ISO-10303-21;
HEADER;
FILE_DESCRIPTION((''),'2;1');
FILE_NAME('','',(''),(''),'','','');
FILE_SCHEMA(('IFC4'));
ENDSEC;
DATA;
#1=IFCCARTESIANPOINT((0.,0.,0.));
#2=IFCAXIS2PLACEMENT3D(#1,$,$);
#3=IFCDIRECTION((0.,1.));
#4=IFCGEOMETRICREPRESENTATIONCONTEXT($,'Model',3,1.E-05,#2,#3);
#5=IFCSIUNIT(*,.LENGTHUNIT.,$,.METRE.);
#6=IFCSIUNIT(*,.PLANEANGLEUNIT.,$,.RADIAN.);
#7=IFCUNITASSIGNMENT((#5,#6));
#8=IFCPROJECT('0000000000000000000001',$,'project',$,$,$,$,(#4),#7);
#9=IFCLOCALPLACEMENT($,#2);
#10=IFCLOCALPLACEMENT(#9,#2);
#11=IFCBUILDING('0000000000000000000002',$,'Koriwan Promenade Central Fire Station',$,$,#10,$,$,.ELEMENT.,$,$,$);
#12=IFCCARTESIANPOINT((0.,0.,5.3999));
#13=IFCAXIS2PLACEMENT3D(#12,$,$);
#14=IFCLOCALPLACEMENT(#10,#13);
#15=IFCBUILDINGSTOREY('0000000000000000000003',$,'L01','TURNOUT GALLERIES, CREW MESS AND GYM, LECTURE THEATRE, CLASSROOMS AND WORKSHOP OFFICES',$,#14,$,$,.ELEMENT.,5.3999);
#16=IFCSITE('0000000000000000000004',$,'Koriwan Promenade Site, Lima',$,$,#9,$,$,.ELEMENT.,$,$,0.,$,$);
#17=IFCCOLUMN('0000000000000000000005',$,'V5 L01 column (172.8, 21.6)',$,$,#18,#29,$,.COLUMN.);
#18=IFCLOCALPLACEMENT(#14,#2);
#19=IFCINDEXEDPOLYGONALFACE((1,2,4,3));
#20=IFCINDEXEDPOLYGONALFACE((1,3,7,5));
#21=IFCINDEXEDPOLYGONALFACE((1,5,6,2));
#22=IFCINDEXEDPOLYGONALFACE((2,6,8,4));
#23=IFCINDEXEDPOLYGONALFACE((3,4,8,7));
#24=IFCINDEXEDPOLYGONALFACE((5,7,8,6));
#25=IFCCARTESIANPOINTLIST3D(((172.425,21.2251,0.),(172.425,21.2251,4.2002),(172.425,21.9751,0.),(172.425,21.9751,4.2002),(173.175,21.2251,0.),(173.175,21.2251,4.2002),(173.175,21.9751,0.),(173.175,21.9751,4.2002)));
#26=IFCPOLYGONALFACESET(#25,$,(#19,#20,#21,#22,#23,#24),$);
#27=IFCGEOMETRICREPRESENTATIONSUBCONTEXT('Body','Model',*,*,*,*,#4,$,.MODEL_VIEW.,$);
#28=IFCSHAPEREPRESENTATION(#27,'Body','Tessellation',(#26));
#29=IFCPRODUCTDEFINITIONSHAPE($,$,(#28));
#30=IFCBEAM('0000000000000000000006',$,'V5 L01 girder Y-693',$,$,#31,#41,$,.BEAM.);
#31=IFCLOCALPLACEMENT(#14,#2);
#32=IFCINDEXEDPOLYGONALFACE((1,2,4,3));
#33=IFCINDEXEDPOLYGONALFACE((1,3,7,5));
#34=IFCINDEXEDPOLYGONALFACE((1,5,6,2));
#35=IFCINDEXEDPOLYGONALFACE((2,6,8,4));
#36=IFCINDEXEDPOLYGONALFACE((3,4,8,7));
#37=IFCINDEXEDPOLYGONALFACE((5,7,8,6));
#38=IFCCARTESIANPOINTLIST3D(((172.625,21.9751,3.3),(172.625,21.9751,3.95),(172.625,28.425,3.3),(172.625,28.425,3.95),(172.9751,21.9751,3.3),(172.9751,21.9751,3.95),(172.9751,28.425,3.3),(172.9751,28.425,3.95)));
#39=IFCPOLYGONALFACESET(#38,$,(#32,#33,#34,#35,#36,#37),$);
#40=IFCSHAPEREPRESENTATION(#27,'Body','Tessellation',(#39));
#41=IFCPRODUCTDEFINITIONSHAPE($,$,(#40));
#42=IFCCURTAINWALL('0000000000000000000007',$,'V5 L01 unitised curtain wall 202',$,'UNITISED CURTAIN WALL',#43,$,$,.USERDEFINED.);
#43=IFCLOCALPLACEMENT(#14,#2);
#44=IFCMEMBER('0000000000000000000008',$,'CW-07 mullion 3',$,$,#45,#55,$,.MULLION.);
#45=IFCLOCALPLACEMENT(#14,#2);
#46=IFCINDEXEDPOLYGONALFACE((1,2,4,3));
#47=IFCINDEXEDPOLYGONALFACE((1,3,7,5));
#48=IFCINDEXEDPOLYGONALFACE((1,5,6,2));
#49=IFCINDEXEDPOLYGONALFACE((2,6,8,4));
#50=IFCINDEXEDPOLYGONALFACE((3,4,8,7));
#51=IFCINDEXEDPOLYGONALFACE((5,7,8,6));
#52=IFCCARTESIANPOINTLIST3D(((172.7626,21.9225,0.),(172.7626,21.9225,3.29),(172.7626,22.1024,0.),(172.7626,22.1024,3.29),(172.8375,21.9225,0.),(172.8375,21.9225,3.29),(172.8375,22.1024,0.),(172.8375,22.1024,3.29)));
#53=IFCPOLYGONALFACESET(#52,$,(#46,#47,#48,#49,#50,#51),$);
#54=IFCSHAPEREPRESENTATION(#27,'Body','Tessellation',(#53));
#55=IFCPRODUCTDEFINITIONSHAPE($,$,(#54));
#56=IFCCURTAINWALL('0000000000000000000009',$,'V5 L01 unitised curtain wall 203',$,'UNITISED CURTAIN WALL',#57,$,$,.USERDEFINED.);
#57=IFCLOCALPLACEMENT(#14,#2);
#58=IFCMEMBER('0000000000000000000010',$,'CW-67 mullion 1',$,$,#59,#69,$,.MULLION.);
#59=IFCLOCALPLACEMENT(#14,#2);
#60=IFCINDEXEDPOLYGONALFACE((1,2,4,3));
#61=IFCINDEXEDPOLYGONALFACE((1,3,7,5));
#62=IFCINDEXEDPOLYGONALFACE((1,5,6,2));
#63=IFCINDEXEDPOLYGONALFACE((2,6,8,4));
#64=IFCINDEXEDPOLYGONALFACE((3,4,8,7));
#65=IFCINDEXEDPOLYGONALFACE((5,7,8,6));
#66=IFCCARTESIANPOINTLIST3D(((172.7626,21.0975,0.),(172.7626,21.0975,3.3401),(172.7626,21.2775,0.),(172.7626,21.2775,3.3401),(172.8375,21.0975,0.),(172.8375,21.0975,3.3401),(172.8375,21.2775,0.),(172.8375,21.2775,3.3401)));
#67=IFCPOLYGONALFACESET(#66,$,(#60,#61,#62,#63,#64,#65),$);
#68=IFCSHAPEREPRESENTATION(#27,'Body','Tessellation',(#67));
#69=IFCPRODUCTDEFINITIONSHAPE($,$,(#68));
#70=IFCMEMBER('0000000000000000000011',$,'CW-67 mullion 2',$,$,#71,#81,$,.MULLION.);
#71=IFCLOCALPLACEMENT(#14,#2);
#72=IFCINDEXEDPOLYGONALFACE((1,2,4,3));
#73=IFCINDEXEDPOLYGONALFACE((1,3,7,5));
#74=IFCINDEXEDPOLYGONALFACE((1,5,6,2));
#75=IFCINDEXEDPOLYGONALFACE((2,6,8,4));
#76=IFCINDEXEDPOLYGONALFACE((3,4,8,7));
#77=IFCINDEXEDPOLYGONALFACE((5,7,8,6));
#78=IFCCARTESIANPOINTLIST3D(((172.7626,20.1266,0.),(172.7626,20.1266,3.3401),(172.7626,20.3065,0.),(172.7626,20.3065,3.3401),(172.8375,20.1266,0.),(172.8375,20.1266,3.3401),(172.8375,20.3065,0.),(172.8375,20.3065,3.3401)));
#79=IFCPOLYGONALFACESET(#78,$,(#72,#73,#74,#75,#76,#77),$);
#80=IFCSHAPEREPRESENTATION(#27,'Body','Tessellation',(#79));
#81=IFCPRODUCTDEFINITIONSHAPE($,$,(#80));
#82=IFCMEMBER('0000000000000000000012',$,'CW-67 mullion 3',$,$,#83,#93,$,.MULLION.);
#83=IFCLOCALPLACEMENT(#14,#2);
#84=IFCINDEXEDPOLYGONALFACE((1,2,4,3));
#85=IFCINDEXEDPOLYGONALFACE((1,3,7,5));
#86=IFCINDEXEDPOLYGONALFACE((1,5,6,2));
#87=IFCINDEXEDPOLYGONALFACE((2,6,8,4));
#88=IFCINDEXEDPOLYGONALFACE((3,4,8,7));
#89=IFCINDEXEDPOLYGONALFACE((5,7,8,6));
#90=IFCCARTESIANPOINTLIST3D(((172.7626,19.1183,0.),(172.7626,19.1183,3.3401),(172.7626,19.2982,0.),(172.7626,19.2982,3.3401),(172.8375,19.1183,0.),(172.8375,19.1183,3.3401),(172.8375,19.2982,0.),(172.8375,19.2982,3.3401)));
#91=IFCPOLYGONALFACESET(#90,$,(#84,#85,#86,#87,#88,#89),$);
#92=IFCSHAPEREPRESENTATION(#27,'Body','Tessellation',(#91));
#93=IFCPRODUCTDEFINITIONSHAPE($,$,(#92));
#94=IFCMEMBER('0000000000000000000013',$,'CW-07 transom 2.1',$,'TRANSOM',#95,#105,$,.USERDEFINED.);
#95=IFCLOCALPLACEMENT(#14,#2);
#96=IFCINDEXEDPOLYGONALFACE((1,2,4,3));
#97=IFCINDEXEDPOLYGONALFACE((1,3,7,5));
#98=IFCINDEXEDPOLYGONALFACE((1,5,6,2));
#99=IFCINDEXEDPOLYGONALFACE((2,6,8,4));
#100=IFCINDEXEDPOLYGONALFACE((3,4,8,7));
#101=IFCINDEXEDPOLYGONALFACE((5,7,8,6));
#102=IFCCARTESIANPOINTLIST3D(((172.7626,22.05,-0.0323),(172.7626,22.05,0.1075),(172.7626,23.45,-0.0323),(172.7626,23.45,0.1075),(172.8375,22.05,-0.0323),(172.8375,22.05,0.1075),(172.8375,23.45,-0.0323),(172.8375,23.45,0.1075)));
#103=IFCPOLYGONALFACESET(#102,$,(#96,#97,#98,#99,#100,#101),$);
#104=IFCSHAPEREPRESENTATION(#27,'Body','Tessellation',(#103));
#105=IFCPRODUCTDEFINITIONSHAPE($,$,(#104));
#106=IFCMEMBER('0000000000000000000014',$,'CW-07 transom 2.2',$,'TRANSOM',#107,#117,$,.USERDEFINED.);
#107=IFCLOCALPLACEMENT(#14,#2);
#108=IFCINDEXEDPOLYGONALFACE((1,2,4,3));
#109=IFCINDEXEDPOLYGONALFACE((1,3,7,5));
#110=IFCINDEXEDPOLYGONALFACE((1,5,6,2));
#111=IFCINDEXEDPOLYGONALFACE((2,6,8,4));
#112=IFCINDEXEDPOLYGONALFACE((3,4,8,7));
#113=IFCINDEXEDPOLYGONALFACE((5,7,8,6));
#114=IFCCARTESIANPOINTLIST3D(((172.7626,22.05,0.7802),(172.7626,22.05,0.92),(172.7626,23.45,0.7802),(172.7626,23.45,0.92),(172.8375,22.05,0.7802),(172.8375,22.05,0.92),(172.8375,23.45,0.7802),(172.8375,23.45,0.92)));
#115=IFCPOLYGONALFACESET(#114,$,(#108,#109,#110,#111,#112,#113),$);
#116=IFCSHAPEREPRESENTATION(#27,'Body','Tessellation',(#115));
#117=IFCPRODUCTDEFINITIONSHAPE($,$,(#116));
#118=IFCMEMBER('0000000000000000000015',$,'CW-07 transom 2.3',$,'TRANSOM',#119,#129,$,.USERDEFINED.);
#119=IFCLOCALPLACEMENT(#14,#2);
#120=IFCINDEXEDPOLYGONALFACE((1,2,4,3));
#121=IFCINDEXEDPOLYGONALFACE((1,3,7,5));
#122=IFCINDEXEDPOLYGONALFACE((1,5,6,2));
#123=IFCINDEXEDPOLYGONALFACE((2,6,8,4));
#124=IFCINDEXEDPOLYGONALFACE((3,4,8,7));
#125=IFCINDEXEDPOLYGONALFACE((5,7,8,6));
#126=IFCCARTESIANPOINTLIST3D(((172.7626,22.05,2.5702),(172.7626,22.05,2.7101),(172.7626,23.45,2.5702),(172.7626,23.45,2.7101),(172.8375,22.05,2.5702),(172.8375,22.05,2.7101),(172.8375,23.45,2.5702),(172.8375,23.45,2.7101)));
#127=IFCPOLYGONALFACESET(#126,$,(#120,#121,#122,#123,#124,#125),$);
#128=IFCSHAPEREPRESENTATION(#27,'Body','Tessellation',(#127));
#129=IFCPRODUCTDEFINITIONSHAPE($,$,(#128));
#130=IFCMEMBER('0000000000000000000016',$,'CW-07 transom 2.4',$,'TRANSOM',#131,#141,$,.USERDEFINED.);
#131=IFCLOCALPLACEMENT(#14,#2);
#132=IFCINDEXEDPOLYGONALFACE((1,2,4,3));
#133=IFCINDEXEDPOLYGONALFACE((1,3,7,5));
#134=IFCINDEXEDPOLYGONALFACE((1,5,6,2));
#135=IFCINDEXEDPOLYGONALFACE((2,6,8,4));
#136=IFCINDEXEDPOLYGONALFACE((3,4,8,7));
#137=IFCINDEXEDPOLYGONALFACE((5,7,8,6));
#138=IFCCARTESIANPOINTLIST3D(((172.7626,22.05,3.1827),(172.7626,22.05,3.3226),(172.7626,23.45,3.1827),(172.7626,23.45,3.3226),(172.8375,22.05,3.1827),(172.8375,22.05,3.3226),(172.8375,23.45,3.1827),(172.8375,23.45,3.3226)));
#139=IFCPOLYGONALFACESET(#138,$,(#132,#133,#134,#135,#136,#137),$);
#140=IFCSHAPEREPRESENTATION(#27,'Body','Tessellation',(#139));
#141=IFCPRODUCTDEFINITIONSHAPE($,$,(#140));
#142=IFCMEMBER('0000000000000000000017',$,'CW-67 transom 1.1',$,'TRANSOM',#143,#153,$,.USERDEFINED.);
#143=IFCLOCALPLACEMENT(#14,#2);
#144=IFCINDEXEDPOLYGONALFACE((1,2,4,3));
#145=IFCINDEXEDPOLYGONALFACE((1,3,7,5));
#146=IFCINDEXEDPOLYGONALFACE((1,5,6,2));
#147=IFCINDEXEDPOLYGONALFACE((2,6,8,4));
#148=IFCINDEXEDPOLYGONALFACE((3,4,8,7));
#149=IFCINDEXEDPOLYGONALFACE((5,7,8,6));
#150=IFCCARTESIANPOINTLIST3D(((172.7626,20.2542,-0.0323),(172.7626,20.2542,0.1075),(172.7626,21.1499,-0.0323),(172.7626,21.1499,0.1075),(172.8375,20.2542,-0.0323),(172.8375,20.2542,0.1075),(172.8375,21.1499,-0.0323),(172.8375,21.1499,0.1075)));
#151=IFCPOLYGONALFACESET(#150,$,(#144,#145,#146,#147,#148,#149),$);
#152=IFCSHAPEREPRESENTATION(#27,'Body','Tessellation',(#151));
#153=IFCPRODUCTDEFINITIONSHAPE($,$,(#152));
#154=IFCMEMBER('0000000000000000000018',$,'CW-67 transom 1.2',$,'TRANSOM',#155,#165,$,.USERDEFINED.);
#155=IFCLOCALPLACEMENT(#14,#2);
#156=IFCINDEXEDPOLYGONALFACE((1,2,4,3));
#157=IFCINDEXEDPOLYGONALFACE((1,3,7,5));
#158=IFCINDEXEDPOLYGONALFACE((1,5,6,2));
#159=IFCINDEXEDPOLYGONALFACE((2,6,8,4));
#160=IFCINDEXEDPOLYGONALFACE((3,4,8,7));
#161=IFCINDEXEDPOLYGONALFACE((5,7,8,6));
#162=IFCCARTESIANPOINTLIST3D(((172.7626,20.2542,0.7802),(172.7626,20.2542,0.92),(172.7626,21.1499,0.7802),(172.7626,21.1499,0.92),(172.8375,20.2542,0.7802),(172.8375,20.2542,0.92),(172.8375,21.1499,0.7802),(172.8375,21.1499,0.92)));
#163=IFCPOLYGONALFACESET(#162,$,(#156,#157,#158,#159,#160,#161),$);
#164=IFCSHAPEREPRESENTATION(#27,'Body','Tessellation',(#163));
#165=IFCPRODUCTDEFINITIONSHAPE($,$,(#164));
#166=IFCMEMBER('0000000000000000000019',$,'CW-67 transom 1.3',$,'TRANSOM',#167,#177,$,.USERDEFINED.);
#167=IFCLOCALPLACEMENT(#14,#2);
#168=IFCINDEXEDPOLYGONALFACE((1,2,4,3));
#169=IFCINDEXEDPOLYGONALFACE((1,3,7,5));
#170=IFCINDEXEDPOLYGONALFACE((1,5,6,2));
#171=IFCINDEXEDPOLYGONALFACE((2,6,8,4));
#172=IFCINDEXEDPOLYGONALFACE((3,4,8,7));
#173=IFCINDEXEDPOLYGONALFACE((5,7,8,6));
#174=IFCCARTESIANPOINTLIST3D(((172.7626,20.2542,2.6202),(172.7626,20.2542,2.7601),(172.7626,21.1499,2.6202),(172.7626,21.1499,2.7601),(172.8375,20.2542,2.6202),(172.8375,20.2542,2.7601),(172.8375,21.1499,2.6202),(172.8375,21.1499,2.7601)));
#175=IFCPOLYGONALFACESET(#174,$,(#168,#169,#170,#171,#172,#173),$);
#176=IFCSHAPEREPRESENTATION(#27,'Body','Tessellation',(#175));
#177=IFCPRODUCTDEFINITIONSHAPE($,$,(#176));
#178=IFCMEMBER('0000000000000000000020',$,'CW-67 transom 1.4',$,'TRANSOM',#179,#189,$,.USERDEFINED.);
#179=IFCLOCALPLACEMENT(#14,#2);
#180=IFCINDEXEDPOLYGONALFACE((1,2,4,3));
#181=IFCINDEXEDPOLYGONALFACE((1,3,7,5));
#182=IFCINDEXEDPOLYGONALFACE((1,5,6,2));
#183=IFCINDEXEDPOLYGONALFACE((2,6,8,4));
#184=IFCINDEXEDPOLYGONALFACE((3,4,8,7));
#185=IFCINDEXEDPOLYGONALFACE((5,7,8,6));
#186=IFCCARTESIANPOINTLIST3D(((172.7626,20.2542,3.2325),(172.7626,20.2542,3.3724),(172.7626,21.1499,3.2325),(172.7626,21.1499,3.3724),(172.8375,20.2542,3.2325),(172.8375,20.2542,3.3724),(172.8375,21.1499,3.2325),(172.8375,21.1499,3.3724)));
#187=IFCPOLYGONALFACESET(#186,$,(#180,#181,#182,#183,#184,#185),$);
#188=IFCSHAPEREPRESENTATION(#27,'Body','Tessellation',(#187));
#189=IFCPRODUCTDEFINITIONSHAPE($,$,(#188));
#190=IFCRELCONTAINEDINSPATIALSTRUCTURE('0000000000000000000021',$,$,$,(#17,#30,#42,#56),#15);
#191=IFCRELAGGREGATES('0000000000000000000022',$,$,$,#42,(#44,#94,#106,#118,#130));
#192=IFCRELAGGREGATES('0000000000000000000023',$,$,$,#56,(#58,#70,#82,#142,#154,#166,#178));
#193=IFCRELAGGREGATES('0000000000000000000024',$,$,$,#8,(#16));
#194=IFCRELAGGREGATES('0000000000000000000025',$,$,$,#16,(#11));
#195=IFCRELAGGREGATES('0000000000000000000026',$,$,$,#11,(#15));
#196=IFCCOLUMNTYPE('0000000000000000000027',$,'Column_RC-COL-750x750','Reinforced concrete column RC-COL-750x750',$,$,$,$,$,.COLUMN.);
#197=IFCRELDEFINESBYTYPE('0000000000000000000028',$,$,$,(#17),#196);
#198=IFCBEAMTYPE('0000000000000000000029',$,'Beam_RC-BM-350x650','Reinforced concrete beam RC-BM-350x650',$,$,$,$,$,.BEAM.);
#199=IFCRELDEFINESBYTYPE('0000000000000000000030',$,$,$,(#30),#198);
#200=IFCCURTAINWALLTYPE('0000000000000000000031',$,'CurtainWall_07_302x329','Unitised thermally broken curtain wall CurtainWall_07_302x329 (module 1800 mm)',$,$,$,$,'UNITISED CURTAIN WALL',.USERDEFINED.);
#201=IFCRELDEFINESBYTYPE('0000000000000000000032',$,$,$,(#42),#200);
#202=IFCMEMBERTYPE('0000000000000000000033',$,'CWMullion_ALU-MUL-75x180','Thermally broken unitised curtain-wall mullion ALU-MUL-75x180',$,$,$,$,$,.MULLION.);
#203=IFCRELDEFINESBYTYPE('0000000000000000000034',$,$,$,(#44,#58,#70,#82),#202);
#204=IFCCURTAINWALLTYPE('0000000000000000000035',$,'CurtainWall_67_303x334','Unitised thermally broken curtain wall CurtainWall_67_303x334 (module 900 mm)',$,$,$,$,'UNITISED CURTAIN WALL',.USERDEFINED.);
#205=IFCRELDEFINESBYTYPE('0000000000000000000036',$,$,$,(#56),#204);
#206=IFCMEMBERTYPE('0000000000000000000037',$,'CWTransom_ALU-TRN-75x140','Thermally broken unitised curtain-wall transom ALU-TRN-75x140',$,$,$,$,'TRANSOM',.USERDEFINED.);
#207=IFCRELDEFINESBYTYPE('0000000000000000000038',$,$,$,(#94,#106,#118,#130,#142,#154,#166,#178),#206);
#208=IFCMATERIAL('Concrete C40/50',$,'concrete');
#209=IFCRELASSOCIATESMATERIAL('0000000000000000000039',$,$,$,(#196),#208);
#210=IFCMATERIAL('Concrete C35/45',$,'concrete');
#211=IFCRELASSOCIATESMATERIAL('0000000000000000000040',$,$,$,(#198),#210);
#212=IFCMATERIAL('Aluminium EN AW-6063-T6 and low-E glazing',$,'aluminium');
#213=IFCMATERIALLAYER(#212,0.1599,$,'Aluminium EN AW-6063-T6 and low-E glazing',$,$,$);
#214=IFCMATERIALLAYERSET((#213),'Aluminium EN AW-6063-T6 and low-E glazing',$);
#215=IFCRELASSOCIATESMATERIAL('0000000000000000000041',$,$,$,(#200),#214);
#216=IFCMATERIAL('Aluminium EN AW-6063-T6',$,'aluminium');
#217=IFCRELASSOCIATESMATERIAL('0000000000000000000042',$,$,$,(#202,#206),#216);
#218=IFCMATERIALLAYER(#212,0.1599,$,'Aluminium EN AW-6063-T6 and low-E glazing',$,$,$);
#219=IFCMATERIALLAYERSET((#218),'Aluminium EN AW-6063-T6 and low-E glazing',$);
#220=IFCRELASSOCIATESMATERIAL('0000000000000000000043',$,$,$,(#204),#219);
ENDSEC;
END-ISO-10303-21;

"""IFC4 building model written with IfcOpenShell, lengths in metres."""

from ifc_helpers import new_model, si_unit, direction, frame, origin, origin_2d, place, context, subcontext, project, spatial, rectangle, extrude, material, layer, layer_set, material_profile, profile_set, type_object, element, aggregate, save


model = new_model("IFC4")

# Units and contexts
model_context = context("Model", 3, precision=1e-05, world=origin(), true_north=direction((0.0, 1.0)))
body_context = subcontext(model_context, "Body", "Model", "MODEL_VIEW")
ifc_project = project(units=[si_unit("LENGTHUNIT", "METRE"), si_unit("PLANEANGLEUNIT", "RADIAN")], contexts=[model_context])

# Site, building, storey
site_placement = place(None, origin())
site = spatial("IfcSite", under=ifc_project, at=site_placement, Name="Koriwan Promenade Site, Lima", CompositionType="ELEMENT", RefElevation=0.0)
building_placement = place(site_placement, origin())
building = spatial("IfcBuilding", under=site, at=building_placement, Name="Koriwan Promenade Central Fire Station", CompositionType="ELEMENT")
storey_placement = place(building_placement, frame((0.0, 0.0, 5.3999)))
storey = spatial("IfcBuildingStorey", under=building, at=storey_placement, Name="L01", Description="TURNOUT GALLERIES, CREW MESS AND GYM, LECTURE THEATRE, CLASSROOMS AND WORKSHOP OFFICES", CompositionType="ELEMENT", Elevation=5.3999)

# Column
ifc_material_1 = material(Name="Concrete C40/50", Category="concrete")
ifc_material_profile_1 = material_profile(ifc_material_1, rectangle(XDim=0.75, YDim=0.75, at=origin_2d()), Name="RC-COL-750x750")
ifc_profile_set_1 = profile_set([ifc_material_profile_1], Name="Concrete C40/50")
column_type = type_object("IfcColumnType", Name="Column_RC-COL-750x750", Description="Reinforced concrete column RC-COL-750x750", PredefinedType="COLUMN", material=ifc_profile_set_1)
column_placement = place(storey_placement, frame((172.8, 21.6001, 0.0), z_axis=(0.0, 0.0, 1.0), x_axis=(1.0, 0.0, 0.0)))
element("IfcColumn", 1, at=column_placement, inside=storey, type_object=column_type, Name="V5 L01 column (172.8, 21.6)", PredefinedType="COLUMN", context=body_context, shape_type="SweptSolid", body=[
    extrude(rectangle(XDim=0.75, YDim=0.75, at=origin_2d()), origin(), (0.0, 0.0, 1.0), 4.2002),
])

# Beam
ifc_material_2 = material(Name="Concrete C35/45", Category="concrete")
ifc_material_profile_2 = material_profile(ifc_material_2, rectangle(XDim=0.3501, YDim=0.6499, at=origin_2d()), Name="RC-BM-350x650")
ifc_profile_set_2 = profile_set([ifc_material_profile_2], Name="Concrete C35/45")
beam_type = type_object("IfcBeamType", Name="Beam_RC-BM-350x650", Description="Reinforced concrete beam RC-BM-350x650", PredefinedType="BEAM", material=ifc_profile_set_2)
beam_placement = place(storey_placement, frame((172.8, 21.9751, 3.625), z_axis=(0.0, 1.0, 0.0), x_axis=(-1.0, 0.0, 0.0)))
element("IfcBeam", 2, at=beam_placement, inside=storey, type_object=beam_type, Name="V5 L01 girder Y-693", PredefinedType="BEAM", context=body_context, shape_type="SweptSolid", body=[
    extrude(rectangle(XDim=0.3501, YDim=0.6499, at=origin_2d()), origin(), (0.0, 0.0, 1.0), 6.45),
])

# Curtain wall, member
ifc_material_3 = material(Name="Aluminium EN AW-6063-T6 and low-E glazing", Category="aluminium")
ifc_layer_1 = layer(ifc_material_3, 0.1599, Name="Aluminium EN AW-6063-T6 and low-E glazing")
ifc_layer_set_1 = layer_set([ifc_layer_1], Name="Aluminium EN AW-6063-T6 and low-E glazing")
curtain_wall_type_1 = type_object("IfcCurtainWallType", Name="CurtainWall_07_302x329", Description="Unitised thermally broken curtain wall CurtainWall_07_302x329 (module 1800 mm)", ElementType="UNITISED CURTAIN WALL", PredefinedType="USERDEFINED", material=ifc_layer_set_1)
curtain_wall_1_placement = place(storey_placement, origin())
curtain_wall_1 = element("IfcCurtainWall", 3, at=curtain_wall_1_placement, inside=storey, type_object=curtain_wall_type_1, Name="V5 L01 unitised curtain wall 202", ObjectType="UNITISED CURTAIN WALL", PredefinedType="USERDEFINED")
ifc_material_4 = material(Name="Aluminium EN AW-6063-T6", Category="aluminium")
ifc_material_profile_3 = material_profile(ifc_material_4, rectangle(XDim=0.075, YDim=0.1799, at=origin_2d()), Name="ALU-MUL-75x180")
ifc_profile_set_3 = profile_set([ifc_material_profile_3], Name="Aluminium EN AW-6063-T6")
member_type_1 = type_object("IfcMemberType", Name="CWMullion_ALU-MUL-75x180", Description="Thermally broken unitised curtain-wall mullion ALU-MUL-75x180", PredefinedType="MULLION", material=ifc_profile_set_3)
member_1_placement = place(storey_placement, frame((172.8, 22.0125, 0.0), z_axis=(0.0, 0.0, 1.0), x_axis=(1.0, 0.0, 0.0)))
member_1 = element("IfcMember", 4, at=member_1_placement, type_object=member_type_1, Name="CW-07 mullion 3", PredefinedType="MULLION", context=body_context, shape_type="SweptSolid", body=[
    extrude(rectangle(XDim=0.075, YDim=0.1799, at=origin_2d()), origin(), (0.0, 0.0, 1.0), 3.29),
])

# Curtain wall, members
ifc_layer_2 = layer(ifc_material_3, 0.1599, Name="Aluminium EN AW-6063-T6 and low-E glazing")
ifc_layer_set_2 = layer_set([ifc_layer_2], Name="Aluminium EN AW-6063-T6 and low-E glazing")
curtain_wall_type_2 = type_object("IfcCurtainWallType", Name="CurtainWall_67_303x334", Description="Unitised thermally broken curtain wall CurtainWall_67_303x334 (module 900 mm)", ElementType="UNITISED CURTAIN WALL", PredefinedType="USERDEFINED", material=ifc_layer_set_2)
curtain_wall_2_placement = place(storey_placement, origin())
curtain_wall_2 = element("IfcCurtainWall", 5, at=curtain_wall_2_placement, inside=storey, type_object=curtain_wall_type_2, Name="V5 L01 unitised curtain wall 203", ObjectType="UNITISED CURTAIN WALL", PredefinedType="USERDEFINED")
member_2_placement = place(storey_placement, frame((172.8, 21.1875, 0.0), z_axis=(0.0, 0.0, 1.0), x_axis=(1.0, 0.0, 0.0)))
member_2 = element("IfcMember", 6, at=member_2_placement, type_object=member_type_1, Name="CW-67 mullion 1", PredefinedType="MULLION", context=body_context, shape_type="SweptSolid", body=[
    extrude(rectangle(XDim=0.075, YDim=0.1799, at=origin_2d()), origin(), (0.0, 0.0, 1.0), 3.3401),
])
member_3_placement = place(storey_placement, frame((172.8, 20.2166, 0.0), z_axis=(0.0, 0.0, 1.0), x_axis=(1.0, 0.0, 0.0)))
member_3 = element("IfcMember", 7, at=member_3_placement, type_object=member_type_1, Name="CW-67 mullion 2", PredefinedType="MULLION", context=body_context, shape_type="SweptSolid", body=[
    extrude(rectangle(XDim=0.075, YDim=0.1799, at=origin_2d()), origin(), (0.0, 0.0, 1.0), 3.3401),
])
member_4_placement = place(storey_placement, frame((172.8, 19.2083, 0.0), z_axis=(0.0, 0.0, 1.0), x_axis=(1.0, 0.0, 0.0)))
member_4 = element("IfcMember", 8, at=member_4_placement, type_object=member_type_1, Name="CW-67 mullion 3", PredefinedType="MULLION", context=body_context, shape_type="SweptSolid", body=[
    extrude(rectangle(XDim=0.075, YDim=0.1799, at=origin_2d()), origin(), (0.0, 0.0, 1.0), 3.3401),
])

# Members
ifc_material_profile_4 = material_profile(ifc_material_4, rectangle(XDim=0.075, YDim=0.1399, at=origin_2d()), Name="ALU-TRN-75x140")
ifc_profile_set_4 = profile_set([ifc_material_profile_4], Name="Aluminium EN AW-6063-T6")
member_type_2 = type_object("IfcMemberType", Name="CWTransom_ALU-TRN-75x140", Description="Thermally broken unitised curtain-wall transom ALU-TRN-75x140", ElementType="TRANSOM", PredefinedType="USERDEFINED", material=ifc_profile_set_4)
member_5_placement = place(storey_placement, frame((172.8, 23.45, 0.0376), z_axis=(0.0, -1.0, 0.0), x_axis=(1.0, 0.0, 0.0)))
member_5 = element("IfcMember", 9, at=member_5_placement, type_object=member_type_2, Name="CW-07 transom 2.1", ObjectType="TRANSOM", PredefinedType="USERDEFINED", context=body_context, shape_type="SweptSolid", body=[
    extrude(rectangle(XDim=0.075, YDim=0.1399, at=origin_2d()), origin(), (0.0, 0.0, 1.0), 1.3999),
])
member_6_placement = place(storey_placement, frame((172.8, 23.45, 0.8501), z_axis=(0.0, -1.0, 0.0), x_axis=(1.0, 0.0, 0.0)))
member_6 = element("IfcMember", 10, at=member_6_placement, type_object=member_type_2, Name="CW-07 transom 2.2", ObjectType="TRANSOM", PredefinedType="USERDEFINED", context=body_context, shape_type="SweptSolid", body=[
    extrude(rectangle(XDim=0.075, YDim=0.1399, at=origin_2d()), origin(), (0.0, 0.0, 1.0), 1.3999),
])
member_7_placement = place(storey_placement, frame((172.8, 23.45, 2.6401), z_axis=(0.0, -1.0, 0.0), x_axis=(1.0, 0.0, 0.0)))
member_7 = element("IfcMember", 11, at=member_7_placement, type_object=member_type_2, Name="CW-07 transom 2.3", ObjectType="TRANSOM", PredefinedType="USERDEFINED", context=body_context, shape_type="SweptSolid", body=[
    extrude(rectangle(XDim=0.075, YDim=0.1399, at=origin_2d()), origin(), (0.0, 0.0, 1.0), 1.3999),
])
member_8_placement = place(storey_placement, frame((172.8, 23.45, 3.2527), z_axis=(0.0, -1.0, 0.0), x_axis=(1.0, 0.0, 0.0)))
member_8 = element("IfcMember", 12, at=member_8_placement, type_object=member_type_2, Name="CW-07 transom 2.4", ObjectType="TRANSOM", PredefinedType="USERDEFINED", context=body_context, shape_type="SweptSolid", body=[
    extrude(rectangle(XDim=0.075, YDim=0.1399, at=origin_2d()), origin(), (0.0, 0.0, 1.0), 1.3999),
])
member_9_placement = place(storey_placement, frame((172.8, 21.1499, 0.0376), z_axis=(0.0, -1.0, 0.0), x_axis=(1.0, 0.0, 0.0)))
member_9 = element("IfcMember", 13, at=member_9_placement, type_object=member_type_2, Name="CW-67 transom 1.1", ObjectType="TRANSOM", PredefinedType="USERDEFINED", context=body_context, shape_type="SweptSolid", body=[
    extrude(rectangle(XDim=0.075, YDim=0.1399, at=origin_2d()), origin(), (0.0, 0.0, 1.0), 0.8958),
])
member_10_placement = place(storey_placement, frame((172.8, 21.1499, 0.8501), z_axis=(0.0, -1.0, 0.0), x_axis=(1.0, 0.0, 0.0)))
member_10 = element("IfcMember", 14, at=member_10_placement, type_object=member_type_2, Name="CW-67 transom 1.2", ObjectType="TRANSOM", PredefinedType="USERDEFINED", context=body_context, shape_type="SweptSolid", body=[
    extrude(rectangle(XDim=0.075, YDim=0.1399, at=origin_2d()), origin(), (0.0, 0.0, 1.0), 0.8958),
])
member_11_placement = place(storey_placement, frame((172.8, 21.1499, 2.6902), z_axis=(0.0, -1.0, 0.0), x_axis=(1.0, 0.0, 0.0)))
member_11 = element("IfcMember", 15, at=member_11_placement, type_object=member_type_2, Name="CW-67 transom 1.3", ObjectType="TRANSOM", PredefinedType="USERDEFINED", context=body_context, shape_type="SweptSolid", body=[
    extrude(rectangle(XDim=0.075, YDim=0.1399, at=origin_2d()), origin(), (0.0, 0.0, 1.0), 0.8958),
])
member_12_placement = place(storey_placement, frame((172.8, 21.1499, 3.3025), z_axis=(0.0, -1.0, 0.0), x_axis=(1.0, 0.0, 0.0)))
member_12 = element("IfcMember", 16, at=member_12_placement, type_object=member_type_2, Name="CW-67 transom 1.4", ObjectType="TRANSOM", PredefinedType="USERDEFINED", context=body_context, shape_type="SweptSolid", body=[
    extrude(rectangle(XDim=0.075, YDim=0.1399, at=origin_2d()), origin(), (0.0, 0.0, 1.0), 0.8958),
])

aggregate(curtain_wall_1, [member_1, member_5, member_6, member_7, member_8])
aggregate(curtain_wall_2, [member_2, member_3, member_4, member_9, member_10, member_11, member_12])

save(model, "model.ifc")
